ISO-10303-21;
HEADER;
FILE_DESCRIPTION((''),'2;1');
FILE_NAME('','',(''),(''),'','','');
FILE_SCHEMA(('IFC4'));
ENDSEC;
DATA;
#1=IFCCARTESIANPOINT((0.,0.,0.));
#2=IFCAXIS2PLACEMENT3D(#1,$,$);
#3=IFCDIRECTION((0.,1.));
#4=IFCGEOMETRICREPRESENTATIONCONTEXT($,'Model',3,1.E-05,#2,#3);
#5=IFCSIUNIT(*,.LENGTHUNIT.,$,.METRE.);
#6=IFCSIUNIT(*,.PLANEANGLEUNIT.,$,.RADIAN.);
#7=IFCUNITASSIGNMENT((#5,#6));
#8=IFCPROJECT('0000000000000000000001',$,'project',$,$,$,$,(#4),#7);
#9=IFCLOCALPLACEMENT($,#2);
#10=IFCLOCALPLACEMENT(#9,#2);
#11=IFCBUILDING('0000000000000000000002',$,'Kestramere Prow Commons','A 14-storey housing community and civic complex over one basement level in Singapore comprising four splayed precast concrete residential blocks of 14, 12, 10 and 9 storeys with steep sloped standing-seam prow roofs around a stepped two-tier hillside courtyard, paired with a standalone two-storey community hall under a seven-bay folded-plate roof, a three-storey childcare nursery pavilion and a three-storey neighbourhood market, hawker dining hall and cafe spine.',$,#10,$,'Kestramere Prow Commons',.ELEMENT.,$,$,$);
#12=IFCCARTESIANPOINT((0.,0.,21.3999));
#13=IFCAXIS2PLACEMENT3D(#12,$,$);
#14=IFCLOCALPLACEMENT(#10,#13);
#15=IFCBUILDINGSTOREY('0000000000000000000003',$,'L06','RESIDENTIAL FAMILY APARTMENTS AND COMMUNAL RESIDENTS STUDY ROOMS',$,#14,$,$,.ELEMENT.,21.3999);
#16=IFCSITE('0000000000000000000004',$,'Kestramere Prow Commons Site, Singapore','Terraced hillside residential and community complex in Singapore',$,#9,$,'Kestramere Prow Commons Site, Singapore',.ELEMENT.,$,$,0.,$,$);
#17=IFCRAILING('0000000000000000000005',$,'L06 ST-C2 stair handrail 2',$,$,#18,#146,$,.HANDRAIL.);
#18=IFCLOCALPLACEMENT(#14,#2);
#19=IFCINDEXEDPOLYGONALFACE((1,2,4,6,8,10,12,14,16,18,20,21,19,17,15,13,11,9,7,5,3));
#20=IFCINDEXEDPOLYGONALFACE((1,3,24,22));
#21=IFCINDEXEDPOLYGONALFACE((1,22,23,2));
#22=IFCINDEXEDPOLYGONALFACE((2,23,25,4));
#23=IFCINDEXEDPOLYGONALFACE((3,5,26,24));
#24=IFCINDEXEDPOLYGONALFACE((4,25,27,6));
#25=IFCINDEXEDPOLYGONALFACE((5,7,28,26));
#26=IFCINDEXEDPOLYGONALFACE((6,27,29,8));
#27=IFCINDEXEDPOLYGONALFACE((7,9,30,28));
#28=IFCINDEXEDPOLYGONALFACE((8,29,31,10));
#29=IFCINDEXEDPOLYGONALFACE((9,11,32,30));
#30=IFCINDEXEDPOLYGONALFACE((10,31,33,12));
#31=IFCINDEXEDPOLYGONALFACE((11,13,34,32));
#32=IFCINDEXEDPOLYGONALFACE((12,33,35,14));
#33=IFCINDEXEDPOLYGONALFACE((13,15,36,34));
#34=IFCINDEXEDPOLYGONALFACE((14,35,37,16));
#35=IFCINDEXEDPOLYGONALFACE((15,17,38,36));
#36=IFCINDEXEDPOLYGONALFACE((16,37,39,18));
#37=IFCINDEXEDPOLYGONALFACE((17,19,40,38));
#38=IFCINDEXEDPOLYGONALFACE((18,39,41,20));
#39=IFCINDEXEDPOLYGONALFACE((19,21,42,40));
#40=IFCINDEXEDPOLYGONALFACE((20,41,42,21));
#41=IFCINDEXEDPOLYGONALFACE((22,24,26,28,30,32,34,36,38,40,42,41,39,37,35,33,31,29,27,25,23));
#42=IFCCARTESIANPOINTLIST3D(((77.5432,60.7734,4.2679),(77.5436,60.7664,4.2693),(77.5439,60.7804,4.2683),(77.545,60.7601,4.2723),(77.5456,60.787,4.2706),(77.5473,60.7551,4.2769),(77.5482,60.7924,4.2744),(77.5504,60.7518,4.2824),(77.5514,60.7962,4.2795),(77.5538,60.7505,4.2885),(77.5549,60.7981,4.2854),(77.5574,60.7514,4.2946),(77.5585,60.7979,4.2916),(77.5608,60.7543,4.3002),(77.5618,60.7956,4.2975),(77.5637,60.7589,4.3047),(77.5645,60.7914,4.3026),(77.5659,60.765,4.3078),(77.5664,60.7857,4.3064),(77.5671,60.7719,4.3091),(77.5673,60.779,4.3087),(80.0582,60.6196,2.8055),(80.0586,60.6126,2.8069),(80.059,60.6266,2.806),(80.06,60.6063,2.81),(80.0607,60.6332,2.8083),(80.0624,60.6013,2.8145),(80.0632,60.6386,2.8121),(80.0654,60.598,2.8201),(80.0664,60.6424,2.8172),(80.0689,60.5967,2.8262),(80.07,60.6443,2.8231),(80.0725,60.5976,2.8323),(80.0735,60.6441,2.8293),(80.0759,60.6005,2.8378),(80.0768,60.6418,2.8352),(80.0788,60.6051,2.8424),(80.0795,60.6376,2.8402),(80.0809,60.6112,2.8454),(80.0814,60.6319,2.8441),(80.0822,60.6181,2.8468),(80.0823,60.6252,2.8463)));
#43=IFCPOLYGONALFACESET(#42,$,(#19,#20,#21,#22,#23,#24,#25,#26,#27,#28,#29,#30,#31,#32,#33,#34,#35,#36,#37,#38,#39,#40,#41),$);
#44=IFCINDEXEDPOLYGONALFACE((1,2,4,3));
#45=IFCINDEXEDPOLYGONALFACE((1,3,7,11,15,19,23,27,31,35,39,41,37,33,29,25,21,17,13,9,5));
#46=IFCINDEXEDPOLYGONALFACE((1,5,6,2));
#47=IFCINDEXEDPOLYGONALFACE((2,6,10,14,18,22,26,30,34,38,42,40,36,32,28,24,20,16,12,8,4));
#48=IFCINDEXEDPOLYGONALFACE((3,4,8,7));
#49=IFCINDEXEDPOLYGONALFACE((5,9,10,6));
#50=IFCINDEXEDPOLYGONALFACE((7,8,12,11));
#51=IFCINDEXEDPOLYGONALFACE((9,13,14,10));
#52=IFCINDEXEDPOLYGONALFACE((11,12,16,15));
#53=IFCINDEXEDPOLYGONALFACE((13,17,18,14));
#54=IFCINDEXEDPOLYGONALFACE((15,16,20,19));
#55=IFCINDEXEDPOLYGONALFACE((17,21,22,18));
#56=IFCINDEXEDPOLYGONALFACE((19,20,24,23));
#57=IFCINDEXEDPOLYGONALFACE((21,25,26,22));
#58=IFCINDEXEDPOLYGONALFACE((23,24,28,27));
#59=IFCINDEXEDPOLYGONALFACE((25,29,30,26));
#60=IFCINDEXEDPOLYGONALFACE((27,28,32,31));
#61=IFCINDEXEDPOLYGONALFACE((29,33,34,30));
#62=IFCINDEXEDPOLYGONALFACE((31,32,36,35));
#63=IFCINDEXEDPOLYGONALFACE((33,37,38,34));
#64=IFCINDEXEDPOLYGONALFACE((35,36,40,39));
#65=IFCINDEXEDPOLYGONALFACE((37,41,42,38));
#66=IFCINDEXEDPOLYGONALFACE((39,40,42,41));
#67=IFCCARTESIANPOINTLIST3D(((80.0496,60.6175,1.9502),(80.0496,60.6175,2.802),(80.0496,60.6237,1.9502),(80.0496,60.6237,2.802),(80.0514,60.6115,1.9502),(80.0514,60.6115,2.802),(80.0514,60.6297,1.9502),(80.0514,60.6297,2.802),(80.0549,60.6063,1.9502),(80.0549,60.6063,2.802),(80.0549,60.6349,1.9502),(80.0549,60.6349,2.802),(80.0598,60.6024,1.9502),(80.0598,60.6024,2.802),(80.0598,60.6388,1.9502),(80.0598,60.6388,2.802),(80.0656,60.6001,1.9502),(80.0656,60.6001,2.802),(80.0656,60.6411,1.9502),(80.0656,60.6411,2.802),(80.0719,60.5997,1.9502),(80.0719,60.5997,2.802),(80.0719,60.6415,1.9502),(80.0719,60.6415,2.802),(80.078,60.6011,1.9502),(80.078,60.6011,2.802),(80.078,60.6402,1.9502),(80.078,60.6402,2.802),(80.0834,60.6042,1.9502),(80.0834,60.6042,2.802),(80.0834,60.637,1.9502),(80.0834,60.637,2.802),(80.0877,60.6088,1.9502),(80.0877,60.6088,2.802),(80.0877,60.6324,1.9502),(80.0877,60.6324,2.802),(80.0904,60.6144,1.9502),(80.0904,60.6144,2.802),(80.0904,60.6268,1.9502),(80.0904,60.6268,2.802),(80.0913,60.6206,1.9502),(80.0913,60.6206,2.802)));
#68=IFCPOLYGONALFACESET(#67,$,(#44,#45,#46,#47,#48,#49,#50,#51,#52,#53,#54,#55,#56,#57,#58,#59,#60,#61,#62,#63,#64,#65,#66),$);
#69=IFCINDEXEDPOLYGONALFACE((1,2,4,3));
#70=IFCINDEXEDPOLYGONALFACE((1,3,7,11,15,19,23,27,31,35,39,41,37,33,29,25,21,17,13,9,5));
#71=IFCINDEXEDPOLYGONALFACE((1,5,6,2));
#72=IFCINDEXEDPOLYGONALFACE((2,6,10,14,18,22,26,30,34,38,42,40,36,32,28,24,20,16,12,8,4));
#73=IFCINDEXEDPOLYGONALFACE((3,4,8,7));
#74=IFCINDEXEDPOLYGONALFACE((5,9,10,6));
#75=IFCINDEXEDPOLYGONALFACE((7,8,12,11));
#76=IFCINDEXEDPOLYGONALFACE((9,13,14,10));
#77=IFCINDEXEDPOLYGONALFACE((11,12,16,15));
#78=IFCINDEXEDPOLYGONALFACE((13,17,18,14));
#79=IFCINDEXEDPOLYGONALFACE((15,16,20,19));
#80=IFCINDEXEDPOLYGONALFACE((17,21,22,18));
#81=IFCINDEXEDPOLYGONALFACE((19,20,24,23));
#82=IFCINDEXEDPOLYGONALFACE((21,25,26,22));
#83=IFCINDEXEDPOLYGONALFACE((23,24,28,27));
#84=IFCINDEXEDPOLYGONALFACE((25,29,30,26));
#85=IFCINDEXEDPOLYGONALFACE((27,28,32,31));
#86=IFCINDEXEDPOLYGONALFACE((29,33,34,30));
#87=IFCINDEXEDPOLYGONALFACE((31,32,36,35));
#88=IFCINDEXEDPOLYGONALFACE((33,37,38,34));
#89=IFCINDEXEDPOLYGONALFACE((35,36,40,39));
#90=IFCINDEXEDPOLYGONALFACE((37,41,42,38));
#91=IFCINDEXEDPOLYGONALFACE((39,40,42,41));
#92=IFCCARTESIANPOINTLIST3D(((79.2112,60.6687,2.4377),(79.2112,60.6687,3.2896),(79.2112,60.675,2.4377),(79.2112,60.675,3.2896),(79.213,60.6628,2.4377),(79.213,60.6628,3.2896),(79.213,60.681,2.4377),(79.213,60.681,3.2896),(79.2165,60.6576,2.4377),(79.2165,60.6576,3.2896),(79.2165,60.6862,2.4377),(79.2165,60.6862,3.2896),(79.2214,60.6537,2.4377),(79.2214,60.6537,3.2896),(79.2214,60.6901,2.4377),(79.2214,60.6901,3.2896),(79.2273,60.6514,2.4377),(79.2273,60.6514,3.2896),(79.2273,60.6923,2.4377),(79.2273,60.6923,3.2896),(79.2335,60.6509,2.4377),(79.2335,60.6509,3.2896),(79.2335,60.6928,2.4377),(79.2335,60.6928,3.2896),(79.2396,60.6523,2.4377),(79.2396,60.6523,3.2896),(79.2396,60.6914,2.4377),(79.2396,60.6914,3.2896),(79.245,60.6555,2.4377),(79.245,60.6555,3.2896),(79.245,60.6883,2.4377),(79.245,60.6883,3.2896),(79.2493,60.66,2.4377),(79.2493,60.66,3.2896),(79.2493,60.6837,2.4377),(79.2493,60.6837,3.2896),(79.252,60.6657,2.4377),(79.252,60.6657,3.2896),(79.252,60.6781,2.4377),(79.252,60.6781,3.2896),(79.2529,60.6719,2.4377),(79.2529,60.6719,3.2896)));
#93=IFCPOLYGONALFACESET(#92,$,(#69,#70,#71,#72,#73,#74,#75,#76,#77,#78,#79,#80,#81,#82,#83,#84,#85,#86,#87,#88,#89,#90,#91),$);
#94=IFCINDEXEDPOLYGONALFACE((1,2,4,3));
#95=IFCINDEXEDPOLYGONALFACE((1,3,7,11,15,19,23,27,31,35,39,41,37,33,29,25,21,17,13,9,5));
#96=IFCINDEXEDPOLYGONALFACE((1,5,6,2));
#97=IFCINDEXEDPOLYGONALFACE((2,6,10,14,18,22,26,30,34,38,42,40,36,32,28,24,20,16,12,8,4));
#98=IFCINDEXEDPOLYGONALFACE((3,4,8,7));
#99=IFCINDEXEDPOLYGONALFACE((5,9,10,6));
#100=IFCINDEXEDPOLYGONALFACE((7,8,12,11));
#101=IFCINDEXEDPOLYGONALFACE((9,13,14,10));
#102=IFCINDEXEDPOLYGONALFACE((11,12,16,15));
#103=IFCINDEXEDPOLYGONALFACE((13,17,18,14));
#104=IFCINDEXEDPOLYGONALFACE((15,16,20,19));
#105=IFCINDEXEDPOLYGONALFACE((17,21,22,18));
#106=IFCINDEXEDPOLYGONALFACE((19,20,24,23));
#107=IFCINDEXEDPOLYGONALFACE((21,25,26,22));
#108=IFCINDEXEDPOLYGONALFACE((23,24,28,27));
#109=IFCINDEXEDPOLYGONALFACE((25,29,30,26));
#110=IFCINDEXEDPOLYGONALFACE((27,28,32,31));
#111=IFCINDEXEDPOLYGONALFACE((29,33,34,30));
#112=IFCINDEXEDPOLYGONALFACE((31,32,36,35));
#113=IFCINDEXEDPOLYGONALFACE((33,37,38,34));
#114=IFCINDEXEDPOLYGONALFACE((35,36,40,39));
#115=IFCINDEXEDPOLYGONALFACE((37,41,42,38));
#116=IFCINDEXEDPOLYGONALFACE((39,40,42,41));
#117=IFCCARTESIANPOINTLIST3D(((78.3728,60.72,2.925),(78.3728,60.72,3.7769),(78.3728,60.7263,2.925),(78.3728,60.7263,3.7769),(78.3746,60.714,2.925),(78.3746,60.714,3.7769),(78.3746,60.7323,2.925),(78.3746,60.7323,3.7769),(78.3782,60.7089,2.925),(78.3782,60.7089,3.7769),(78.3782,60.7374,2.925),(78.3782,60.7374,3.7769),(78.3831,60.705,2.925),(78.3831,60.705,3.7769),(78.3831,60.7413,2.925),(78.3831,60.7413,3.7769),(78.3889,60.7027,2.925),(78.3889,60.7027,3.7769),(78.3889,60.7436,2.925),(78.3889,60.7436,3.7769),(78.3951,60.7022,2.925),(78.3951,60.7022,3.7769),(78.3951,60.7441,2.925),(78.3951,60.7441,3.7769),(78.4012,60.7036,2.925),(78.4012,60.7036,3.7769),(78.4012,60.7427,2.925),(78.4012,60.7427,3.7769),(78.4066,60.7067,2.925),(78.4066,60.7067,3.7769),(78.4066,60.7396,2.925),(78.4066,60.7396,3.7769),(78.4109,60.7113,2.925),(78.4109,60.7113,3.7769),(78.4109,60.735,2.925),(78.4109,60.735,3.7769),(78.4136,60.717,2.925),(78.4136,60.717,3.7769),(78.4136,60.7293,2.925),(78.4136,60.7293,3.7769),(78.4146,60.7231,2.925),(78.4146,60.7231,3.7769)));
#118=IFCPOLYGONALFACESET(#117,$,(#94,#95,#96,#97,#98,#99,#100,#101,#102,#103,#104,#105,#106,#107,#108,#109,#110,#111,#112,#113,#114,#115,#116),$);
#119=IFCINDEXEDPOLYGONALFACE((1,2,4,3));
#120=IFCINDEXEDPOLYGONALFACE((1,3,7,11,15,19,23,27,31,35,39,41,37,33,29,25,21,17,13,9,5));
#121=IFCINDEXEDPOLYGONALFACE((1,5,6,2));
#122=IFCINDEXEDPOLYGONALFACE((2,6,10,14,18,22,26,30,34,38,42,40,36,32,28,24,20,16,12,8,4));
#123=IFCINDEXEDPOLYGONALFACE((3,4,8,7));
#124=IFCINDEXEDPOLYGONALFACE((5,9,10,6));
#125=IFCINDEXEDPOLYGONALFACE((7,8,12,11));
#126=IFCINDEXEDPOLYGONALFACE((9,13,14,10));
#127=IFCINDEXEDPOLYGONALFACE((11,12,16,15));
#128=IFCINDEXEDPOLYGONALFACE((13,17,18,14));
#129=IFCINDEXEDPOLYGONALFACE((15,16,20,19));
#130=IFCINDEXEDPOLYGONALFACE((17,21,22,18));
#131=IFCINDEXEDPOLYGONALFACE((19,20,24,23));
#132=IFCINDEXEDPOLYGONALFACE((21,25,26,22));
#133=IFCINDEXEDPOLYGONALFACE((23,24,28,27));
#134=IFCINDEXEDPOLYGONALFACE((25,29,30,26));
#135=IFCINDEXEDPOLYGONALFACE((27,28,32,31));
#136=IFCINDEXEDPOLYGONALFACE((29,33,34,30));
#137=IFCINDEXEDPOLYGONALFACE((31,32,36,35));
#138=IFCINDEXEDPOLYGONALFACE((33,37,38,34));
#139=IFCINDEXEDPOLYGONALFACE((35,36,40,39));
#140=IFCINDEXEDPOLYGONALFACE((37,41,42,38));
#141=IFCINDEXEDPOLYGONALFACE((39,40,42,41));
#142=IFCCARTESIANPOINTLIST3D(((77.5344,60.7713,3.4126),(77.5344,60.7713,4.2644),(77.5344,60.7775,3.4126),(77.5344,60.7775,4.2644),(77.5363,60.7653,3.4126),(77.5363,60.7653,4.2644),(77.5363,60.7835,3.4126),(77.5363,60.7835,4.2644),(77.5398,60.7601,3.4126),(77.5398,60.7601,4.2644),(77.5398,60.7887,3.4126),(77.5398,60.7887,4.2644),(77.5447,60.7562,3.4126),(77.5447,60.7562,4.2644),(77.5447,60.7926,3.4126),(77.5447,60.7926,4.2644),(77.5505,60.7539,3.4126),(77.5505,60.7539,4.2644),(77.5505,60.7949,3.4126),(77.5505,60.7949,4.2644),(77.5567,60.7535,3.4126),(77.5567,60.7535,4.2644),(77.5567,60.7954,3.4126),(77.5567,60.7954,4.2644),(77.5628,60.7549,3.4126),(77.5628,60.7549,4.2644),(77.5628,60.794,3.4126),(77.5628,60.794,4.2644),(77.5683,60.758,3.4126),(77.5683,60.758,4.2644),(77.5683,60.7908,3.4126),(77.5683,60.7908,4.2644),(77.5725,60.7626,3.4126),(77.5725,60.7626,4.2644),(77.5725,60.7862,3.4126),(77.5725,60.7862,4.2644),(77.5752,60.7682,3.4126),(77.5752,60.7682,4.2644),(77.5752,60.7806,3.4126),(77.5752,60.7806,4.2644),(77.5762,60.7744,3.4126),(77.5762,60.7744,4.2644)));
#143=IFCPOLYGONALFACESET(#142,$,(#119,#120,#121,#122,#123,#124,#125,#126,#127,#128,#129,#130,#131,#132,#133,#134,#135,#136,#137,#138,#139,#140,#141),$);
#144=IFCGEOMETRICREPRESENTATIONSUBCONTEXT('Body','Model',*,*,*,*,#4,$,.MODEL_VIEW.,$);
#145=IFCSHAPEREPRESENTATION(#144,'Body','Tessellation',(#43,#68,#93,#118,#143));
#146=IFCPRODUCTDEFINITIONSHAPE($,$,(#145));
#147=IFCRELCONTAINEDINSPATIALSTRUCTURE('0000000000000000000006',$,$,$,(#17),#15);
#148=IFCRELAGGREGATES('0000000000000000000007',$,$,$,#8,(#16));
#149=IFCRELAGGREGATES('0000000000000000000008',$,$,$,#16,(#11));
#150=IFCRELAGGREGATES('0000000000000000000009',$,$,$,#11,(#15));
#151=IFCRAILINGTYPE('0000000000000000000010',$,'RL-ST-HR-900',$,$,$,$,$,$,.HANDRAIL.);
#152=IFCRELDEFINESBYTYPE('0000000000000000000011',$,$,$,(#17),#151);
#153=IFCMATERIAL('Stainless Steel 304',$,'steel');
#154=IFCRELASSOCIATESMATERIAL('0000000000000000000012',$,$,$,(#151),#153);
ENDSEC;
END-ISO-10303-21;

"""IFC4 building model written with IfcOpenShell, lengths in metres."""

from ifc_helpers import new_model, si_unit, direction, frame, origin, origin_2d, place, context, subcontext, project, spatial, circle, extrude, material, type_object, element, save


model = new_model("IFC4")

# Units and contexts
model_context = context("Model", 3, precision=1e-05, world=origin(), true_north=direction((0.0, 1.0)))
body_context = subcontext(model_context, "Body", "Model", "MODEL_VIEW")
ifc_project = project(units=[si_unit("LENGTHUNIT", "METRE"), si_unit("PLANEANGLEUNIT", "RADIAN")], contexts=[model_context])

# Site, building, storey
site_placement = place(None, origin())
site = spatial("IfcSite", under=ifc_project, at=site_placement, Name="Kestramere Prow Commons Site, Singapore", Description="Terraced hillside residential and community complex in Singapore", LongName="Kestramere Prow Commons Site, Singapore", CompositionType="ELEMENT", RefElevation=0.0)
building_placement = place(site_placement, origin())
building = spatial("IfcBuilding", under=site, at=building_placement, Name="Kestramere Prow Commons", Description="A 14-storey housing community and civic complex over one basement level in Singapore comprising four splayed precast concrete residential blocks of 14, 12, 10 and 9 storeys with steep sloped standing-seam prow roofs around a stepped two-tier hillside courtyard, paired with a standalone two-storey community hall under a seven-bay folded-plate roof, a three-storey childcare nursery pavilion and a three-storey neighbourhood market, hawker dining hall and cafe spine.", LongName="Kestramere Prow Commons", CompositionType="ELEMENT")
storey_placement = place(building_placement, frame((0.0, 0.0, 21.3999)))
storey = spatial("IfcBuildingStorey", under=building, at=storey_placement, Name="L06", Description="RESIDENTIAL FAMILY APARTMENTS AND COMMUNAL RESIDENTS STUDY ROOMS", CompositionType="ELEMENT", Elevation=21.3999)

# Railing
ifc_material_1 = material(Name="Stainless Steel 304", Category="steel")
railing_type_1 = type_object("IfcRailingType", Name="RL-ST-HR-900", PredefinedType="HANDRAIL", material=ifc_material_1)
railing_1_placement = place(storey_placement, frame((80.0703, 60.6206, 1.9502)))
element("IfcRailing", 1, at=railing_1_placement, inside=storey, type_object=railing_type_1, Name="L06 ST-C2 stair handrail 2", PredefinedType="HANDRAIL", context=body_context, shape_type="SweptSolid", body=[
    extrude(circle(Radius=0.0239, at=origin_2d()), frame((0.0, 0.0, 0.876), z_axis=(-0.863285, 0.052793, 0.501949), x_axis=(-0.061039, -0.998135, 0.0)), (0.0, 0.0, 1.0), 2.9133),
    extrude(circle(Radius=0.021, at=origin_2d()), origin(), (0.0, 0.0, 1.0), 0.8518),
    extrude(circle(Radius=0.021, at=origin_2d()), frame((-0.8384, 0.0513, 0.4875)), (0.0, 0.0, 1.0), 0.8518),
    extrude(circle(Radius=0.021, at=origin_2d()), frame((-1.6768, 0.1025, 0.9749)), (0.0, 0.0, 1.0), 0.8518),
    extrude(circle(Radius=0.021, at=origin_2d()), frame((-2.5151, 0.1538, 1.4624)), (0.0, 0.0, 1.0), 0.8518),
])

save(model, "model.ifc")
